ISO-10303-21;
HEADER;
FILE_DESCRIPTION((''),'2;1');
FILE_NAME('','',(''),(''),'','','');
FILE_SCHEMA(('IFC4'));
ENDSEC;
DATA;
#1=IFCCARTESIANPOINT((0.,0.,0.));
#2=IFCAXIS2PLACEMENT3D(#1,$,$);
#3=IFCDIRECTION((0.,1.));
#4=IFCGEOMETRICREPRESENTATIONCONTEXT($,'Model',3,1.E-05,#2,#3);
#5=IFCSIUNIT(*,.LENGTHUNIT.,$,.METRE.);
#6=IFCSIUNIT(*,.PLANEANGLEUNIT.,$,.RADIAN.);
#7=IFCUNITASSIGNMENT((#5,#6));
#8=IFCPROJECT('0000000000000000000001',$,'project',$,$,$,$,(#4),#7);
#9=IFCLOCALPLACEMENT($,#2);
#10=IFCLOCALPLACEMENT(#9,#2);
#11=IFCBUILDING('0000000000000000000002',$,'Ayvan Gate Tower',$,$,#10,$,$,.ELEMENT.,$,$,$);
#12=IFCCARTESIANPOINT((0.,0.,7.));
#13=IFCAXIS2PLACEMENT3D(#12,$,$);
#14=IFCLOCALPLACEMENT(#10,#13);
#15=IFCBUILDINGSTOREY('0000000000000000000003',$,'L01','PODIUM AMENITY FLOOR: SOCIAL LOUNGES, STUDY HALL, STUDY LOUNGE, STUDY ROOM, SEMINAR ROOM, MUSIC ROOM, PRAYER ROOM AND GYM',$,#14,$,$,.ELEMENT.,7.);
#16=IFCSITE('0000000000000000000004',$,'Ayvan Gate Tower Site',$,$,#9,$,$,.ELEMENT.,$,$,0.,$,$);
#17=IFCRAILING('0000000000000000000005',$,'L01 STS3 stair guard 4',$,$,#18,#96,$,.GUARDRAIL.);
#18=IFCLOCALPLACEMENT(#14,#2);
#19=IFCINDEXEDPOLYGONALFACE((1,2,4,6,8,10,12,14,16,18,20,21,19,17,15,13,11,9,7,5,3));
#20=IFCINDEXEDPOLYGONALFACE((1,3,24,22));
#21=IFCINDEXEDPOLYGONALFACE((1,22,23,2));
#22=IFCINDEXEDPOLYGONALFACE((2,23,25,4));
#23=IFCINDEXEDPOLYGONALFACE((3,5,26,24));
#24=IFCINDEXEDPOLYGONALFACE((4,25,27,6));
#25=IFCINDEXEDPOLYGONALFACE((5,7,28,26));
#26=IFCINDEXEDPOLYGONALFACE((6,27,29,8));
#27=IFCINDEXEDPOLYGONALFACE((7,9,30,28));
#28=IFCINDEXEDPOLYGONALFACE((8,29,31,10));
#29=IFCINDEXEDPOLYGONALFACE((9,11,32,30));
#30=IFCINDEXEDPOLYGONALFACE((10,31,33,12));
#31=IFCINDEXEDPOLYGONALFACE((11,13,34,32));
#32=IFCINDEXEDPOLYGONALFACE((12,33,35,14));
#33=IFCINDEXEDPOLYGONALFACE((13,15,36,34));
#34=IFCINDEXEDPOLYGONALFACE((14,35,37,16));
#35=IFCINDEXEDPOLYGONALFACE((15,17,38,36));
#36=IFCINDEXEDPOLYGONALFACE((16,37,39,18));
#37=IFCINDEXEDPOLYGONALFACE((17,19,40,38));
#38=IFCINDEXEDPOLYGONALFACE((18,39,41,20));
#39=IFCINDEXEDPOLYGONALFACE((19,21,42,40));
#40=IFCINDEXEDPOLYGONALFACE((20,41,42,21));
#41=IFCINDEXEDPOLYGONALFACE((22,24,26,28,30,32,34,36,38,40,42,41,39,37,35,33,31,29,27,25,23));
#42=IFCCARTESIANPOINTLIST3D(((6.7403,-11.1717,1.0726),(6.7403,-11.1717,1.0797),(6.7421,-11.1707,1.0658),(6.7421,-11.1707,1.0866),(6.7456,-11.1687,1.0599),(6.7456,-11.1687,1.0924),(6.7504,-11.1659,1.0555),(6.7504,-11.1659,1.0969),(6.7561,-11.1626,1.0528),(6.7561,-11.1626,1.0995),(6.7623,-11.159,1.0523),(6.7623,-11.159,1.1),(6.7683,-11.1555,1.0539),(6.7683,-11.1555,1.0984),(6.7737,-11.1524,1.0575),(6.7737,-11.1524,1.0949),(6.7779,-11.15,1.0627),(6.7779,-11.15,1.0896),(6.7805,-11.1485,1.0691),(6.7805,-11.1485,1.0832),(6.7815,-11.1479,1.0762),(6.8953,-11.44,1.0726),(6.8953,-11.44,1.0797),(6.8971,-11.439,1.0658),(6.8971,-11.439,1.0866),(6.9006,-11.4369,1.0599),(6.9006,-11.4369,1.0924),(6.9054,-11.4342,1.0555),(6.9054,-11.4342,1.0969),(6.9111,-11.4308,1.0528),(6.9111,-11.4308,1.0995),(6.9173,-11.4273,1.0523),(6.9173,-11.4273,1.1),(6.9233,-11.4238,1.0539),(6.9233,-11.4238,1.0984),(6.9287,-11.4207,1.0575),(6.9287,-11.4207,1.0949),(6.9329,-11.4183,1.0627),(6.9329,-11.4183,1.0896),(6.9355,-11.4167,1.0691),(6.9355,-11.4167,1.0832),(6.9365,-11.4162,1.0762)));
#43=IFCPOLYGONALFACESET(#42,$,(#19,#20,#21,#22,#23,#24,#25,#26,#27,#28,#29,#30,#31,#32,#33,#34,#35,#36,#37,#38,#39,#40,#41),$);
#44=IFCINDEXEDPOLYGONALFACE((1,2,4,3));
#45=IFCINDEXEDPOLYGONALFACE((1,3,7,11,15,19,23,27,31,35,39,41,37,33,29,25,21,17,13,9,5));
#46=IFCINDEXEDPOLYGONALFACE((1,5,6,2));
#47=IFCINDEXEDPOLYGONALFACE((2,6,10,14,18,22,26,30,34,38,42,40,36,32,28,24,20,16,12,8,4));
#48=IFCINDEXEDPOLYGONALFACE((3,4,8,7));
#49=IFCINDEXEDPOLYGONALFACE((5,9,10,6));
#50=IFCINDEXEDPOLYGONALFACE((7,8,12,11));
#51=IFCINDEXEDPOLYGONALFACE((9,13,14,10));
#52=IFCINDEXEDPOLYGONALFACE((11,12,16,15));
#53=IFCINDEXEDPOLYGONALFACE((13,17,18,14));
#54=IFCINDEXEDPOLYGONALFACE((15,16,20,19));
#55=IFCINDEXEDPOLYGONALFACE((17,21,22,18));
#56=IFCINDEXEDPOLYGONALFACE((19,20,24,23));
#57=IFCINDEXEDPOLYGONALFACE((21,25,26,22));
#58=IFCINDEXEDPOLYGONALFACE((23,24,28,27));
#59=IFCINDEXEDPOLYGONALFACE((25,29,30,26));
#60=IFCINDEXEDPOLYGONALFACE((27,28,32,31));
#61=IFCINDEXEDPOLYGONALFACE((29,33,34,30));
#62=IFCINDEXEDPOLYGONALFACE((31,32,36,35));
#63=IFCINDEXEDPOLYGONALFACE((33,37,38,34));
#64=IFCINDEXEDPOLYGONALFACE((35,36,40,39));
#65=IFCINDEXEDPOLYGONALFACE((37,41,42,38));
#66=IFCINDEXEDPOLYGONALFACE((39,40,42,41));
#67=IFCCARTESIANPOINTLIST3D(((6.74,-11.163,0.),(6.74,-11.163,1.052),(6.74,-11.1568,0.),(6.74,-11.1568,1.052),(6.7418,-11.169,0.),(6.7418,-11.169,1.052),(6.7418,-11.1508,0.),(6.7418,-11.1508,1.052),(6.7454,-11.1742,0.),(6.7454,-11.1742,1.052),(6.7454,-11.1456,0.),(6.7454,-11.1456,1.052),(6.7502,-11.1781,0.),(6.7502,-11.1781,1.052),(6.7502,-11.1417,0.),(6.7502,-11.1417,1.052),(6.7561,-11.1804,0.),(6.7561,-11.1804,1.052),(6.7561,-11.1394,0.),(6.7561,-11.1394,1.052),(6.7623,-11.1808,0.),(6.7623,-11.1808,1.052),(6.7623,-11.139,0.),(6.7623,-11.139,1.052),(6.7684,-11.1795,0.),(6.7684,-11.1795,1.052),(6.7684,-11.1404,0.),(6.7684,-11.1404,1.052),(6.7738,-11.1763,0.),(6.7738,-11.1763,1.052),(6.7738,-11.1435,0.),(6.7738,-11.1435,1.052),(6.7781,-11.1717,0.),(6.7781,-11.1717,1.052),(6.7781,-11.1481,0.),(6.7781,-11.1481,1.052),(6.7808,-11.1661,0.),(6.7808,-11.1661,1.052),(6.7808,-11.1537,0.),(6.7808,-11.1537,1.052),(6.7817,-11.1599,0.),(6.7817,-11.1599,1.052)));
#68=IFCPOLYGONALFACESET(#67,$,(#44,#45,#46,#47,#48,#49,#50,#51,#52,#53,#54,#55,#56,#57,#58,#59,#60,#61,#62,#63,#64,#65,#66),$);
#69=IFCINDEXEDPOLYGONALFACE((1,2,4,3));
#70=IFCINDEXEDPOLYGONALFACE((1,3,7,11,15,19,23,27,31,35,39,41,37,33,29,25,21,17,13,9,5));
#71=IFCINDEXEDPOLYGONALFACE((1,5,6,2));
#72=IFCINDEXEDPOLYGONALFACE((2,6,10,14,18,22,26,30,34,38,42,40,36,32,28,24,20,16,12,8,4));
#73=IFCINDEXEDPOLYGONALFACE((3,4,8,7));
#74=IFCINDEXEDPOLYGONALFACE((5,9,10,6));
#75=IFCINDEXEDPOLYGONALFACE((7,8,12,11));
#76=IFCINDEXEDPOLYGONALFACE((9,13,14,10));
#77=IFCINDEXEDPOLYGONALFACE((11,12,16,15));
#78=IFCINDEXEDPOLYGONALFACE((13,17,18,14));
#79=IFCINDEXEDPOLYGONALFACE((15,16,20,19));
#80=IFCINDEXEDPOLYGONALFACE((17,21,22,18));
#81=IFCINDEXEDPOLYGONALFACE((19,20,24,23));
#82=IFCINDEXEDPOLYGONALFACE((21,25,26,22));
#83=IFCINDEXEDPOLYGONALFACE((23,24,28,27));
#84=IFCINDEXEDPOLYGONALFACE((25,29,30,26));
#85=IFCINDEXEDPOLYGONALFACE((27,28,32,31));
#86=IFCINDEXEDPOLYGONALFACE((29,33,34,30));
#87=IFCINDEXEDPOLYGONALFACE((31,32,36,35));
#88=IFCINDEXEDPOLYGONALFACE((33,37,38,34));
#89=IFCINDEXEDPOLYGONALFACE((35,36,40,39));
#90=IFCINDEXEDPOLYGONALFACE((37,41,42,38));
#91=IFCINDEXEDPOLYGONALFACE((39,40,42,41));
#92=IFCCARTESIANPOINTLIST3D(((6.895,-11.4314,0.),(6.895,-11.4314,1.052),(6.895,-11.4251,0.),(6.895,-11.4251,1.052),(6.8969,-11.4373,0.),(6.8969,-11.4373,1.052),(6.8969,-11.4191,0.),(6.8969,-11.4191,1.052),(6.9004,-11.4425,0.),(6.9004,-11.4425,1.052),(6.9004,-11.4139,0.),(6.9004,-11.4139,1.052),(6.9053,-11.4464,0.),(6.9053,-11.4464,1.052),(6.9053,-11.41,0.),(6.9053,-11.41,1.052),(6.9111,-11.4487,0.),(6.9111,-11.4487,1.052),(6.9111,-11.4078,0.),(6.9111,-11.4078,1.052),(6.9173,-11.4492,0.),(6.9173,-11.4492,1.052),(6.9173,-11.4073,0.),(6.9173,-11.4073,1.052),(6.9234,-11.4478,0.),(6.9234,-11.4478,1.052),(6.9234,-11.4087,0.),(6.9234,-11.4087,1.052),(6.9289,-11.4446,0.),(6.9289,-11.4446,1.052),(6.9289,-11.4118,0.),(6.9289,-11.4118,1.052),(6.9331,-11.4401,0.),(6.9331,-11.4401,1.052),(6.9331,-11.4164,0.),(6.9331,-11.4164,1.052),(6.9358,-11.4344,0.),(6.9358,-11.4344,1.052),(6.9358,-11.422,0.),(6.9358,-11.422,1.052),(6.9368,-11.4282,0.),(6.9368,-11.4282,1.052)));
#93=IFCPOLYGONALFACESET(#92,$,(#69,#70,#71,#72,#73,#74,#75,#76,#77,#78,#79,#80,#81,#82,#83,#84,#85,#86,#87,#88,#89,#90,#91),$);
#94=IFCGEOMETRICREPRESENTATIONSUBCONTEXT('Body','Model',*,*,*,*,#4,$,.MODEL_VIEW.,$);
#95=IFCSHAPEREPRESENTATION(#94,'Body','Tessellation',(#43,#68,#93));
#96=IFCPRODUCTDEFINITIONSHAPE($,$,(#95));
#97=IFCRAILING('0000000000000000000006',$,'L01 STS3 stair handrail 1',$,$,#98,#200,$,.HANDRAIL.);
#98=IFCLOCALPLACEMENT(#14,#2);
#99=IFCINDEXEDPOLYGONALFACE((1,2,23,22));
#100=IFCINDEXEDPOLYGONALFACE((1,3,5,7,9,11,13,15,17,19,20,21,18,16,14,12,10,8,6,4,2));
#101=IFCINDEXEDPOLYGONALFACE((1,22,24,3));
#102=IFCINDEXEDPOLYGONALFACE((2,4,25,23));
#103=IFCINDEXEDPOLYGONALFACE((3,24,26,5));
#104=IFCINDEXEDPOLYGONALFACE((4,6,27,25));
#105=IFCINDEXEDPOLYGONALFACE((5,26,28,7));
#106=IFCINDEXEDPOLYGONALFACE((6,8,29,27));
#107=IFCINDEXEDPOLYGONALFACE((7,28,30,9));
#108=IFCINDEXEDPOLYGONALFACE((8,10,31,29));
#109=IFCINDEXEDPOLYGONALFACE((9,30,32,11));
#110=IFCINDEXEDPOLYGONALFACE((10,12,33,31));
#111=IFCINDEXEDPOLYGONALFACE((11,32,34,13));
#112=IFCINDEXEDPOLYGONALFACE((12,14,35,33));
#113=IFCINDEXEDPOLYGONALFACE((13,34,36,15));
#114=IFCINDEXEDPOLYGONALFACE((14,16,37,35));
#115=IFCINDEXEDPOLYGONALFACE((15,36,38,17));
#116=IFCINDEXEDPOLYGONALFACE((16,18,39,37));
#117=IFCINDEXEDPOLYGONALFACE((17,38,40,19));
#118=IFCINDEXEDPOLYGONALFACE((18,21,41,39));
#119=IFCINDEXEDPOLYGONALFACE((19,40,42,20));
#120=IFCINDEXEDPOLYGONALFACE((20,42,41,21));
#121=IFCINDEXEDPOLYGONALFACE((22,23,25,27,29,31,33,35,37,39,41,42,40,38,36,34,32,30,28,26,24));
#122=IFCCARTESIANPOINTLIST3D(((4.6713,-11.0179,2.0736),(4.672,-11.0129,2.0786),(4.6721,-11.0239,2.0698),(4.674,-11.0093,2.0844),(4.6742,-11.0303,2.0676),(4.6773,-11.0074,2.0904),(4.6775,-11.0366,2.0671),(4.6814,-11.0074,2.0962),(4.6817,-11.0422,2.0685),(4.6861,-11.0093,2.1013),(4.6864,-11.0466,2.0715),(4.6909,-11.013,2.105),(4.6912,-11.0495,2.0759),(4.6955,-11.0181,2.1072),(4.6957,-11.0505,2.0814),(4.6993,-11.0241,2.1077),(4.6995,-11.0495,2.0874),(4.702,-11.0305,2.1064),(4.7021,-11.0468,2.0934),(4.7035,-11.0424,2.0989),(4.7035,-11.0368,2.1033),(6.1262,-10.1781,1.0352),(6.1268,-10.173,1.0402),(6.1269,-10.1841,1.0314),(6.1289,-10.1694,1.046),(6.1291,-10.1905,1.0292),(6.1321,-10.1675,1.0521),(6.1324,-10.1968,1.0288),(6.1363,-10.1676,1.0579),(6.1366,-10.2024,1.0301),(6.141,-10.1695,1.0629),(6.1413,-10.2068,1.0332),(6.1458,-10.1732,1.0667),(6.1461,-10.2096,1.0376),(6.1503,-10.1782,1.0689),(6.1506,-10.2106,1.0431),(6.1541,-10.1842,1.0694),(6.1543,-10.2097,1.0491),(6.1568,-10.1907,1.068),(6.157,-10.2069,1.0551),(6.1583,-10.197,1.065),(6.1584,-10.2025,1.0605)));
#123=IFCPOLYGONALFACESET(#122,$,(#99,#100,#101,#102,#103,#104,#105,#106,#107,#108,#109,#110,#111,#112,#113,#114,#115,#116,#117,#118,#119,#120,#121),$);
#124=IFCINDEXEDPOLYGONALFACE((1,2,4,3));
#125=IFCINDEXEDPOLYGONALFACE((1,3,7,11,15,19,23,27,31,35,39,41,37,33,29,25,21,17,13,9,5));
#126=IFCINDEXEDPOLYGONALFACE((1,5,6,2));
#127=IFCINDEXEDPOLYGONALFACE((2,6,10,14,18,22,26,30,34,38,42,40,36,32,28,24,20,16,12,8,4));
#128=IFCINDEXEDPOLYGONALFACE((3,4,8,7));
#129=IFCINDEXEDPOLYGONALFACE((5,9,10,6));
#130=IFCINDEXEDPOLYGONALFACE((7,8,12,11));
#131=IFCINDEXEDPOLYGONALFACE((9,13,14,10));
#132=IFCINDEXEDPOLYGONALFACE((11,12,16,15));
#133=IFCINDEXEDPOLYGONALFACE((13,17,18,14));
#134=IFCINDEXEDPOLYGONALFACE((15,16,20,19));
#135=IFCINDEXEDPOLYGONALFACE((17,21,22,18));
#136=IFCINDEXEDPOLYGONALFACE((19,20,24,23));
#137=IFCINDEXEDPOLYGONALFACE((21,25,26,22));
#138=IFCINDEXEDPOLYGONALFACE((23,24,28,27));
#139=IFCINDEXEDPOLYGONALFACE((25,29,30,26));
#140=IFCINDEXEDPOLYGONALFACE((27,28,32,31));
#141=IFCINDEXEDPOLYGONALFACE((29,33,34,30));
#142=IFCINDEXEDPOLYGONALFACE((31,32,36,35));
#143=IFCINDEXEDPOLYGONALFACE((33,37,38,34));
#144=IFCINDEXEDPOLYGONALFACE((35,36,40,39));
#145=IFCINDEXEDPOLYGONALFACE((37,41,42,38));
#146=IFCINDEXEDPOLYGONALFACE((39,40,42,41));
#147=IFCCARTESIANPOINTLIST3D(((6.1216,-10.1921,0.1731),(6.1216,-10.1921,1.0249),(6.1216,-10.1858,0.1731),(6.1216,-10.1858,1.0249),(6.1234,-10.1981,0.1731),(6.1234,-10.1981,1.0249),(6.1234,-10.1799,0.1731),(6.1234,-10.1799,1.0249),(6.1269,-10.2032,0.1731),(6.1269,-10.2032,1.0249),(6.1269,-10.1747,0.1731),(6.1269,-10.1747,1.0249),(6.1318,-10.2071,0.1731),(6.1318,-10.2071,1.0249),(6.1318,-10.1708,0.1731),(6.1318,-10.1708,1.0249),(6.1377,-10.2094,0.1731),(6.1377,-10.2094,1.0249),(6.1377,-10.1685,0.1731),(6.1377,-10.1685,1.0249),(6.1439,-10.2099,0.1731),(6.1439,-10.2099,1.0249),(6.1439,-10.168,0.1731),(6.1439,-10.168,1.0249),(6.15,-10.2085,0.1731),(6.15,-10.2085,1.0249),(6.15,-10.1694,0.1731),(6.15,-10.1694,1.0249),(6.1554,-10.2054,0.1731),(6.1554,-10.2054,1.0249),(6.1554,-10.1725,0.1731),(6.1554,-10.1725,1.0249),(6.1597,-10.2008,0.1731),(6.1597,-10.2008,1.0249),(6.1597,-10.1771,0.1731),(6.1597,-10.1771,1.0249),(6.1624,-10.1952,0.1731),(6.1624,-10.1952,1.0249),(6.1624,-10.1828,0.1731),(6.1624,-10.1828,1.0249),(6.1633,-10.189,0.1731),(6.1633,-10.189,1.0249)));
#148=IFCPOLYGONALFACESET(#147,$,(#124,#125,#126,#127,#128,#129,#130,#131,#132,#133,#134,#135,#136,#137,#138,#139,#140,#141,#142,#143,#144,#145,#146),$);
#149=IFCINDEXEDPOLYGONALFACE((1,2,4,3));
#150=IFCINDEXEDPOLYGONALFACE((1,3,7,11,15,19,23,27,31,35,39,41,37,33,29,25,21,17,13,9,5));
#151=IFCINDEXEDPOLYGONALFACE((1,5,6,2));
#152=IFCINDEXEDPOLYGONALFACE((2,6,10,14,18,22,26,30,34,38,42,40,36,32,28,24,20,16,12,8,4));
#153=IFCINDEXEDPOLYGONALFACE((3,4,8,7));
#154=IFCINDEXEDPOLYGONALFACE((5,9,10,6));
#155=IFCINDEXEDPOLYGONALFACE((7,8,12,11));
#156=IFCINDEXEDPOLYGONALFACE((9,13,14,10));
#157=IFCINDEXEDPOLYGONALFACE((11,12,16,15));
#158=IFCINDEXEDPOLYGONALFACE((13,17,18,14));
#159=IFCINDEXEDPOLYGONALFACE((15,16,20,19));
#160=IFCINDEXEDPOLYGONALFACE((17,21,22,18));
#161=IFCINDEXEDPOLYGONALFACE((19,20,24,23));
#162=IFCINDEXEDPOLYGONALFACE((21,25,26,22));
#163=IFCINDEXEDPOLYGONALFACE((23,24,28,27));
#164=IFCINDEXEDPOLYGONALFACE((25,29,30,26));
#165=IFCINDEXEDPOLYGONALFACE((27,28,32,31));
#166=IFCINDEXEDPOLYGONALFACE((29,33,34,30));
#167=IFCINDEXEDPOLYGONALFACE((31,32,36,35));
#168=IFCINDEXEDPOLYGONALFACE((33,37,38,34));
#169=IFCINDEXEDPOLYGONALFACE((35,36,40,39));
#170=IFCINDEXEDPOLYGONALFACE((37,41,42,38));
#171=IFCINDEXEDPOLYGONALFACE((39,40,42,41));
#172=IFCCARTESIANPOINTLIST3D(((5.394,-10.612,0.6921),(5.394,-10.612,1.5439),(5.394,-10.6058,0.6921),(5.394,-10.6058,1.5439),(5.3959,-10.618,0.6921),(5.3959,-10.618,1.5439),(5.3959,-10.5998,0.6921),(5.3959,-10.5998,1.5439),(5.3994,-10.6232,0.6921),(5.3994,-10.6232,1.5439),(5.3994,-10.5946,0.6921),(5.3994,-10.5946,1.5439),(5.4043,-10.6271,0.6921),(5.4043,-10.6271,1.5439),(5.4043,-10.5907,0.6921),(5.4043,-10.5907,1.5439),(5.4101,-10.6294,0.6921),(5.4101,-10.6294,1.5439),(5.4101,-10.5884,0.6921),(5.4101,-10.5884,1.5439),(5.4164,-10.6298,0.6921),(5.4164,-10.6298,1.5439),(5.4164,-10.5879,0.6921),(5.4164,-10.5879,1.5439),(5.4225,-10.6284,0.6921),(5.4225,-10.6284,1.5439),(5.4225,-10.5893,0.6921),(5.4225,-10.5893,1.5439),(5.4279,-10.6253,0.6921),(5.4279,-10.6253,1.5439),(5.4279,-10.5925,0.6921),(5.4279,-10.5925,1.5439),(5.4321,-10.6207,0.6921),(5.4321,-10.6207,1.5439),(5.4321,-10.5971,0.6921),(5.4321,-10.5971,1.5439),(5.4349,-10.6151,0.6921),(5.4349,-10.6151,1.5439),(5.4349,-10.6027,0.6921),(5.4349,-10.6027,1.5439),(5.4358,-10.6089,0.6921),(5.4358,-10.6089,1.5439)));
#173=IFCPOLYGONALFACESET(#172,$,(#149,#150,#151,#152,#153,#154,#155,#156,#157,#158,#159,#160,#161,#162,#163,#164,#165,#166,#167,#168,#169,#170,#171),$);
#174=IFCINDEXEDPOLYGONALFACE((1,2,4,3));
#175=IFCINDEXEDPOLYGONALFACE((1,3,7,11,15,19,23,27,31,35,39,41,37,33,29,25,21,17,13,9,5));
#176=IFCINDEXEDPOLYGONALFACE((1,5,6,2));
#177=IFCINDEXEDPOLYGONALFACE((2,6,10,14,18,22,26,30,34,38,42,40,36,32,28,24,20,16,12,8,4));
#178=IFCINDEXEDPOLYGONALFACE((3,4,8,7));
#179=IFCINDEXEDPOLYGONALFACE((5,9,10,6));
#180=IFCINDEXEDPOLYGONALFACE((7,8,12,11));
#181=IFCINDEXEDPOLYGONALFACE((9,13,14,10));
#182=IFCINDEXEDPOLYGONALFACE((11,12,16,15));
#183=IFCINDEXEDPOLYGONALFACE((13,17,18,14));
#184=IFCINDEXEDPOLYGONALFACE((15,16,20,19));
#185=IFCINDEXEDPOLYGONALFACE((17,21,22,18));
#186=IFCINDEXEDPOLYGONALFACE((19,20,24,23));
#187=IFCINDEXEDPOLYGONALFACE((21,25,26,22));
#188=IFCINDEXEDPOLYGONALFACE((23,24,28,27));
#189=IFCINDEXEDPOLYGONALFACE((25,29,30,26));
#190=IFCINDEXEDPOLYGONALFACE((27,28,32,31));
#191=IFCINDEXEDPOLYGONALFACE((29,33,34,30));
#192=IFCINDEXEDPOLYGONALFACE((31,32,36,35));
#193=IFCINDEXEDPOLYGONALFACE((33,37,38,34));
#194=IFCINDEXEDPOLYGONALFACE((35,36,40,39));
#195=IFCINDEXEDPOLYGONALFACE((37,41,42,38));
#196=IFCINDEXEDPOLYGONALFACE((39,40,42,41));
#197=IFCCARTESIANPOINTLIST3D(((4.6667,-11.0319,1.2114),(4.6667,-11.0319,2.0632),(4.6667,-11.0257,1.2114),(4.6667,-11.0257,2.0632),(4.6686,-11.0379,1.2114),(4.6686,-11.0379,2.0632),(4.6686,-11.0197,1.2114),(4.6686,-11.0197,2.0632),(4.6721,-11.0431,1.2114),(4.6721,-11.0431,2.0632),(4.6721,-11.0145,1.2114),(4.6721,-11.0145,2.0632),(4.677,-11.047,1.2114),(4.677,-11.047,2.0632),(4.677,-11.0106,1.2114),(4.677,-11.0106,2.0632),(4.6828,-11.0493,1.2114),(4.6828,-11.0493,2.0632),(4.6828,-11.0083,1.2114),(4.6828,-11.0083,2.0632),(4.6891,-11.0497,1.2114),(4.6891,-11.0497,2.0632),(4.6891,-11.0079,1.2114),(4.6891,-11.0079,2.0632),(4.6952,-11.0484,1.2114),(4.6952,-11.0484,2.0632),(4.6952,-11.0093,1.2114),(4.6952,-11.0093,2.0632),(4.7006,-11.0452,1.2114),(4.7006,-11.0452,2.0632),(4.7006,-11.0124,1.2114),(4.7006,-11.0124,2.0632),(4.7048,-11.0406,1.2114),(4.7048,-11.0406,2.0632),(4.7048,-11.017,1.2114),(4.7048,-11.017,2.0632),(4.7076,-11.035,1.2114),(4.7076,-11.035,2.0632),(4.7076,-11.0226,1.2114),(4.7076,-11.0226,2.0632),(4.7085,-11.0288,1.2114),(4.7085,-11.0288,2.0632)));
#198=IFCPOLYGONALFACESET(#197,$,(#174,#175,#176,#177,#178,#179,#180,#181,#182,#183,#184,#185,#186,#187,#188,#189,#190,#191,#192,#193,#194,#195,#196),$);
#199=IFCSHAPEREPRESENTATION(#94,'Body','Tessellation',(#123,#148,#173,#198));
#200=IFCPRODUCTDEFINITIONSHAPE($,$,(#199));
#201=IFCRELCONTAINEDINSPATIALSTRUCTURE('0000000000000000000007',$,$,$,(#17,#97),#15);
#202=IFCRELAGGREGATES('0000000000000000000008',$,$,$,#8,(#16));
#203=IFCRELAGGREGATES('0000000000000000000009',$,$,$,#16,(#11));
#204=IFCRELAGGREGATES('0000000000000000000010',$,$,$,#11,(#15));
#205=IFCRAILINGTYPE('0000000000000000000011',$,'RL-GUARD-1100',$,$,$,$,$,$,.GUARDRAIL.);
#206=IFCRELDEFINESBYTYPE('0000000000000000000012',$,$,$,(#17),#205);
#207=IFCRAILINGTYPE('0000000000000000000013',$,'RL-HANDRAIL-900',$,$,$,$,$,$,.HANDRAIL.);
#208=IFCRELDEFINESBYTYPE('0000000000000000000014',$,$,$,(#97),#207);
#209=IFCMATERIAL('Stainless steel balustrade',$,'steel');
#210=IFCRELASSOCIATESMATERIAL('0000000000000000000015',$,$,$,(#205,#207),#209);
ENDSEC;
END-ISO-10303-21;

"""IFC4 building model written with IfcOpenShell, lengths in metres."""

from ifc_helpers import new_model, si_unit, direction, frame, origin, origin_2d, place, context, subcontext, project, spatial, circle, extrude, material, type_object, element, save


model = new_model("IFC4")

# Units and contexts
model_context = context("Model", 3, precision=1e-05, world=origin(), true_north=direction((0.0, 1.0)))
body_context = subcontext(model_context, "Body", "Model", "MODEL_VIEW")
ifc_project = project(units=[si_unit("LENGTHUNIT", "METRE"), si_unit("PLANEANGLEUNIT", "RADIAN")], contexts=[model_context])

# Site, building, storey
site_placement = place(None, origin())
site = spatial("IfcSite", under=ifc_project, at=site_placement, Name="Ayvan Gate Tower Site", CompositionType="ELEMENT", RefElevation=0.0)
building_placement = place(site_placement, origin())
building = spatial("IfcBuilding", under=site, at=building_placement, Name="Ayvan Gate Tower", CompositionType="ELEMENT")
storey_placement = place(building_placement, frame((0.0, 0.0, 7.0)))
storey = spatial("IfcBuildingStorey", under=building, at=storey_placement, Name="L01", Description="PODIUM AMENITY FLOOR: SOCIAL LOUNGES, STUDY HALL, STUDY LOUNGE, STUDY ROOM, SEMINAR ROOM, MUSIC ROOM, PRAYER ROOM AND GYM", CompositionType="ELEMENT", Elevation=7.0)

# Railings
ifc_material_1 = material(Name="Stainless steel balustrade", Category="steel")
railing_type_1 = type_object("IfcRailingType", Name="RL-GUARD-1100", PredefinedType="GUARDRAIL", material=ifc_material_1)
railing_1_placement = place(storey_placement, frame((6.7607, -11.1599, 0.0)))
element("IfcRailing", 1, at=railing_1_placement, inside=storey, type_object=railing_type_1, Name="L01 STS3 stair guard 4", PredefinedType="GUARDRAIL", context=body_context, shape_type="SweptSolid", body=[
    extrude(circle(Radius=0.0239, at=origin_2d()), frame((0.0, 0.0, 1.0762), z_axis=(0.500291, -0.865857, 0.0), x_axis=(0.865857, 0.500291, 0.0)), (0.0, 0.0, 1.0), 0.3098),
    extrude(circle(Radius=0.021, at=origin_2d()), origin(), (0.0, 0.0, 1.0), 1.052),
    extrude(circle(Radius=0.021, at=origin_2d()), frame((0.155, -0.2683, 0.0)), (0.0, 0.0, 1.0), 1.052),
])
railing_type_2 = type_object("IfcRailingType", Name="RL-HANDRAIL-900", PredefinedType="HANDRAIL", material=ifc_material_1)
railing_2_placement = place(storey_placement, frame((6.1423, -10.189, 0.1731)))
element("IfcRailing", 2, at=railing_2_placement, inside=storey, type_object=railing_type_2, Name="L01 STS3 stair handrail 1", PredefinedType="HANDRAIL", context=body_context, shape_type="SweptSolid", body=[
    extrude(circle(Radius=0.0239, at=origin_2d()), frame((0.0, 0.0, 0.876), z_axis=(-0.736683, -0.425271, 0.525778), x_axis=(0.499953, -0.866052, 0.0)), (0.0, 0.0, 1.0), 1.9749),
    extrude(circle(Radius=0.021, at=origin_2d()), origin(), (0.0, 0.0, 1.0), 0.8518),
    extrude(circle(Radius=0.021, at=origin_2d()), frame((-0.7275, -0.4199, 0.519)), (0.0, 0.0, 1.0), 0.8518),
    extrude(circle(Radius=0.021, at=origin_2d()), frame((-1.4548, -0.8398, 1.0383)), (0.0, 0.0, 1.0), 0.8518),
])

save(model, "model.ifc")
